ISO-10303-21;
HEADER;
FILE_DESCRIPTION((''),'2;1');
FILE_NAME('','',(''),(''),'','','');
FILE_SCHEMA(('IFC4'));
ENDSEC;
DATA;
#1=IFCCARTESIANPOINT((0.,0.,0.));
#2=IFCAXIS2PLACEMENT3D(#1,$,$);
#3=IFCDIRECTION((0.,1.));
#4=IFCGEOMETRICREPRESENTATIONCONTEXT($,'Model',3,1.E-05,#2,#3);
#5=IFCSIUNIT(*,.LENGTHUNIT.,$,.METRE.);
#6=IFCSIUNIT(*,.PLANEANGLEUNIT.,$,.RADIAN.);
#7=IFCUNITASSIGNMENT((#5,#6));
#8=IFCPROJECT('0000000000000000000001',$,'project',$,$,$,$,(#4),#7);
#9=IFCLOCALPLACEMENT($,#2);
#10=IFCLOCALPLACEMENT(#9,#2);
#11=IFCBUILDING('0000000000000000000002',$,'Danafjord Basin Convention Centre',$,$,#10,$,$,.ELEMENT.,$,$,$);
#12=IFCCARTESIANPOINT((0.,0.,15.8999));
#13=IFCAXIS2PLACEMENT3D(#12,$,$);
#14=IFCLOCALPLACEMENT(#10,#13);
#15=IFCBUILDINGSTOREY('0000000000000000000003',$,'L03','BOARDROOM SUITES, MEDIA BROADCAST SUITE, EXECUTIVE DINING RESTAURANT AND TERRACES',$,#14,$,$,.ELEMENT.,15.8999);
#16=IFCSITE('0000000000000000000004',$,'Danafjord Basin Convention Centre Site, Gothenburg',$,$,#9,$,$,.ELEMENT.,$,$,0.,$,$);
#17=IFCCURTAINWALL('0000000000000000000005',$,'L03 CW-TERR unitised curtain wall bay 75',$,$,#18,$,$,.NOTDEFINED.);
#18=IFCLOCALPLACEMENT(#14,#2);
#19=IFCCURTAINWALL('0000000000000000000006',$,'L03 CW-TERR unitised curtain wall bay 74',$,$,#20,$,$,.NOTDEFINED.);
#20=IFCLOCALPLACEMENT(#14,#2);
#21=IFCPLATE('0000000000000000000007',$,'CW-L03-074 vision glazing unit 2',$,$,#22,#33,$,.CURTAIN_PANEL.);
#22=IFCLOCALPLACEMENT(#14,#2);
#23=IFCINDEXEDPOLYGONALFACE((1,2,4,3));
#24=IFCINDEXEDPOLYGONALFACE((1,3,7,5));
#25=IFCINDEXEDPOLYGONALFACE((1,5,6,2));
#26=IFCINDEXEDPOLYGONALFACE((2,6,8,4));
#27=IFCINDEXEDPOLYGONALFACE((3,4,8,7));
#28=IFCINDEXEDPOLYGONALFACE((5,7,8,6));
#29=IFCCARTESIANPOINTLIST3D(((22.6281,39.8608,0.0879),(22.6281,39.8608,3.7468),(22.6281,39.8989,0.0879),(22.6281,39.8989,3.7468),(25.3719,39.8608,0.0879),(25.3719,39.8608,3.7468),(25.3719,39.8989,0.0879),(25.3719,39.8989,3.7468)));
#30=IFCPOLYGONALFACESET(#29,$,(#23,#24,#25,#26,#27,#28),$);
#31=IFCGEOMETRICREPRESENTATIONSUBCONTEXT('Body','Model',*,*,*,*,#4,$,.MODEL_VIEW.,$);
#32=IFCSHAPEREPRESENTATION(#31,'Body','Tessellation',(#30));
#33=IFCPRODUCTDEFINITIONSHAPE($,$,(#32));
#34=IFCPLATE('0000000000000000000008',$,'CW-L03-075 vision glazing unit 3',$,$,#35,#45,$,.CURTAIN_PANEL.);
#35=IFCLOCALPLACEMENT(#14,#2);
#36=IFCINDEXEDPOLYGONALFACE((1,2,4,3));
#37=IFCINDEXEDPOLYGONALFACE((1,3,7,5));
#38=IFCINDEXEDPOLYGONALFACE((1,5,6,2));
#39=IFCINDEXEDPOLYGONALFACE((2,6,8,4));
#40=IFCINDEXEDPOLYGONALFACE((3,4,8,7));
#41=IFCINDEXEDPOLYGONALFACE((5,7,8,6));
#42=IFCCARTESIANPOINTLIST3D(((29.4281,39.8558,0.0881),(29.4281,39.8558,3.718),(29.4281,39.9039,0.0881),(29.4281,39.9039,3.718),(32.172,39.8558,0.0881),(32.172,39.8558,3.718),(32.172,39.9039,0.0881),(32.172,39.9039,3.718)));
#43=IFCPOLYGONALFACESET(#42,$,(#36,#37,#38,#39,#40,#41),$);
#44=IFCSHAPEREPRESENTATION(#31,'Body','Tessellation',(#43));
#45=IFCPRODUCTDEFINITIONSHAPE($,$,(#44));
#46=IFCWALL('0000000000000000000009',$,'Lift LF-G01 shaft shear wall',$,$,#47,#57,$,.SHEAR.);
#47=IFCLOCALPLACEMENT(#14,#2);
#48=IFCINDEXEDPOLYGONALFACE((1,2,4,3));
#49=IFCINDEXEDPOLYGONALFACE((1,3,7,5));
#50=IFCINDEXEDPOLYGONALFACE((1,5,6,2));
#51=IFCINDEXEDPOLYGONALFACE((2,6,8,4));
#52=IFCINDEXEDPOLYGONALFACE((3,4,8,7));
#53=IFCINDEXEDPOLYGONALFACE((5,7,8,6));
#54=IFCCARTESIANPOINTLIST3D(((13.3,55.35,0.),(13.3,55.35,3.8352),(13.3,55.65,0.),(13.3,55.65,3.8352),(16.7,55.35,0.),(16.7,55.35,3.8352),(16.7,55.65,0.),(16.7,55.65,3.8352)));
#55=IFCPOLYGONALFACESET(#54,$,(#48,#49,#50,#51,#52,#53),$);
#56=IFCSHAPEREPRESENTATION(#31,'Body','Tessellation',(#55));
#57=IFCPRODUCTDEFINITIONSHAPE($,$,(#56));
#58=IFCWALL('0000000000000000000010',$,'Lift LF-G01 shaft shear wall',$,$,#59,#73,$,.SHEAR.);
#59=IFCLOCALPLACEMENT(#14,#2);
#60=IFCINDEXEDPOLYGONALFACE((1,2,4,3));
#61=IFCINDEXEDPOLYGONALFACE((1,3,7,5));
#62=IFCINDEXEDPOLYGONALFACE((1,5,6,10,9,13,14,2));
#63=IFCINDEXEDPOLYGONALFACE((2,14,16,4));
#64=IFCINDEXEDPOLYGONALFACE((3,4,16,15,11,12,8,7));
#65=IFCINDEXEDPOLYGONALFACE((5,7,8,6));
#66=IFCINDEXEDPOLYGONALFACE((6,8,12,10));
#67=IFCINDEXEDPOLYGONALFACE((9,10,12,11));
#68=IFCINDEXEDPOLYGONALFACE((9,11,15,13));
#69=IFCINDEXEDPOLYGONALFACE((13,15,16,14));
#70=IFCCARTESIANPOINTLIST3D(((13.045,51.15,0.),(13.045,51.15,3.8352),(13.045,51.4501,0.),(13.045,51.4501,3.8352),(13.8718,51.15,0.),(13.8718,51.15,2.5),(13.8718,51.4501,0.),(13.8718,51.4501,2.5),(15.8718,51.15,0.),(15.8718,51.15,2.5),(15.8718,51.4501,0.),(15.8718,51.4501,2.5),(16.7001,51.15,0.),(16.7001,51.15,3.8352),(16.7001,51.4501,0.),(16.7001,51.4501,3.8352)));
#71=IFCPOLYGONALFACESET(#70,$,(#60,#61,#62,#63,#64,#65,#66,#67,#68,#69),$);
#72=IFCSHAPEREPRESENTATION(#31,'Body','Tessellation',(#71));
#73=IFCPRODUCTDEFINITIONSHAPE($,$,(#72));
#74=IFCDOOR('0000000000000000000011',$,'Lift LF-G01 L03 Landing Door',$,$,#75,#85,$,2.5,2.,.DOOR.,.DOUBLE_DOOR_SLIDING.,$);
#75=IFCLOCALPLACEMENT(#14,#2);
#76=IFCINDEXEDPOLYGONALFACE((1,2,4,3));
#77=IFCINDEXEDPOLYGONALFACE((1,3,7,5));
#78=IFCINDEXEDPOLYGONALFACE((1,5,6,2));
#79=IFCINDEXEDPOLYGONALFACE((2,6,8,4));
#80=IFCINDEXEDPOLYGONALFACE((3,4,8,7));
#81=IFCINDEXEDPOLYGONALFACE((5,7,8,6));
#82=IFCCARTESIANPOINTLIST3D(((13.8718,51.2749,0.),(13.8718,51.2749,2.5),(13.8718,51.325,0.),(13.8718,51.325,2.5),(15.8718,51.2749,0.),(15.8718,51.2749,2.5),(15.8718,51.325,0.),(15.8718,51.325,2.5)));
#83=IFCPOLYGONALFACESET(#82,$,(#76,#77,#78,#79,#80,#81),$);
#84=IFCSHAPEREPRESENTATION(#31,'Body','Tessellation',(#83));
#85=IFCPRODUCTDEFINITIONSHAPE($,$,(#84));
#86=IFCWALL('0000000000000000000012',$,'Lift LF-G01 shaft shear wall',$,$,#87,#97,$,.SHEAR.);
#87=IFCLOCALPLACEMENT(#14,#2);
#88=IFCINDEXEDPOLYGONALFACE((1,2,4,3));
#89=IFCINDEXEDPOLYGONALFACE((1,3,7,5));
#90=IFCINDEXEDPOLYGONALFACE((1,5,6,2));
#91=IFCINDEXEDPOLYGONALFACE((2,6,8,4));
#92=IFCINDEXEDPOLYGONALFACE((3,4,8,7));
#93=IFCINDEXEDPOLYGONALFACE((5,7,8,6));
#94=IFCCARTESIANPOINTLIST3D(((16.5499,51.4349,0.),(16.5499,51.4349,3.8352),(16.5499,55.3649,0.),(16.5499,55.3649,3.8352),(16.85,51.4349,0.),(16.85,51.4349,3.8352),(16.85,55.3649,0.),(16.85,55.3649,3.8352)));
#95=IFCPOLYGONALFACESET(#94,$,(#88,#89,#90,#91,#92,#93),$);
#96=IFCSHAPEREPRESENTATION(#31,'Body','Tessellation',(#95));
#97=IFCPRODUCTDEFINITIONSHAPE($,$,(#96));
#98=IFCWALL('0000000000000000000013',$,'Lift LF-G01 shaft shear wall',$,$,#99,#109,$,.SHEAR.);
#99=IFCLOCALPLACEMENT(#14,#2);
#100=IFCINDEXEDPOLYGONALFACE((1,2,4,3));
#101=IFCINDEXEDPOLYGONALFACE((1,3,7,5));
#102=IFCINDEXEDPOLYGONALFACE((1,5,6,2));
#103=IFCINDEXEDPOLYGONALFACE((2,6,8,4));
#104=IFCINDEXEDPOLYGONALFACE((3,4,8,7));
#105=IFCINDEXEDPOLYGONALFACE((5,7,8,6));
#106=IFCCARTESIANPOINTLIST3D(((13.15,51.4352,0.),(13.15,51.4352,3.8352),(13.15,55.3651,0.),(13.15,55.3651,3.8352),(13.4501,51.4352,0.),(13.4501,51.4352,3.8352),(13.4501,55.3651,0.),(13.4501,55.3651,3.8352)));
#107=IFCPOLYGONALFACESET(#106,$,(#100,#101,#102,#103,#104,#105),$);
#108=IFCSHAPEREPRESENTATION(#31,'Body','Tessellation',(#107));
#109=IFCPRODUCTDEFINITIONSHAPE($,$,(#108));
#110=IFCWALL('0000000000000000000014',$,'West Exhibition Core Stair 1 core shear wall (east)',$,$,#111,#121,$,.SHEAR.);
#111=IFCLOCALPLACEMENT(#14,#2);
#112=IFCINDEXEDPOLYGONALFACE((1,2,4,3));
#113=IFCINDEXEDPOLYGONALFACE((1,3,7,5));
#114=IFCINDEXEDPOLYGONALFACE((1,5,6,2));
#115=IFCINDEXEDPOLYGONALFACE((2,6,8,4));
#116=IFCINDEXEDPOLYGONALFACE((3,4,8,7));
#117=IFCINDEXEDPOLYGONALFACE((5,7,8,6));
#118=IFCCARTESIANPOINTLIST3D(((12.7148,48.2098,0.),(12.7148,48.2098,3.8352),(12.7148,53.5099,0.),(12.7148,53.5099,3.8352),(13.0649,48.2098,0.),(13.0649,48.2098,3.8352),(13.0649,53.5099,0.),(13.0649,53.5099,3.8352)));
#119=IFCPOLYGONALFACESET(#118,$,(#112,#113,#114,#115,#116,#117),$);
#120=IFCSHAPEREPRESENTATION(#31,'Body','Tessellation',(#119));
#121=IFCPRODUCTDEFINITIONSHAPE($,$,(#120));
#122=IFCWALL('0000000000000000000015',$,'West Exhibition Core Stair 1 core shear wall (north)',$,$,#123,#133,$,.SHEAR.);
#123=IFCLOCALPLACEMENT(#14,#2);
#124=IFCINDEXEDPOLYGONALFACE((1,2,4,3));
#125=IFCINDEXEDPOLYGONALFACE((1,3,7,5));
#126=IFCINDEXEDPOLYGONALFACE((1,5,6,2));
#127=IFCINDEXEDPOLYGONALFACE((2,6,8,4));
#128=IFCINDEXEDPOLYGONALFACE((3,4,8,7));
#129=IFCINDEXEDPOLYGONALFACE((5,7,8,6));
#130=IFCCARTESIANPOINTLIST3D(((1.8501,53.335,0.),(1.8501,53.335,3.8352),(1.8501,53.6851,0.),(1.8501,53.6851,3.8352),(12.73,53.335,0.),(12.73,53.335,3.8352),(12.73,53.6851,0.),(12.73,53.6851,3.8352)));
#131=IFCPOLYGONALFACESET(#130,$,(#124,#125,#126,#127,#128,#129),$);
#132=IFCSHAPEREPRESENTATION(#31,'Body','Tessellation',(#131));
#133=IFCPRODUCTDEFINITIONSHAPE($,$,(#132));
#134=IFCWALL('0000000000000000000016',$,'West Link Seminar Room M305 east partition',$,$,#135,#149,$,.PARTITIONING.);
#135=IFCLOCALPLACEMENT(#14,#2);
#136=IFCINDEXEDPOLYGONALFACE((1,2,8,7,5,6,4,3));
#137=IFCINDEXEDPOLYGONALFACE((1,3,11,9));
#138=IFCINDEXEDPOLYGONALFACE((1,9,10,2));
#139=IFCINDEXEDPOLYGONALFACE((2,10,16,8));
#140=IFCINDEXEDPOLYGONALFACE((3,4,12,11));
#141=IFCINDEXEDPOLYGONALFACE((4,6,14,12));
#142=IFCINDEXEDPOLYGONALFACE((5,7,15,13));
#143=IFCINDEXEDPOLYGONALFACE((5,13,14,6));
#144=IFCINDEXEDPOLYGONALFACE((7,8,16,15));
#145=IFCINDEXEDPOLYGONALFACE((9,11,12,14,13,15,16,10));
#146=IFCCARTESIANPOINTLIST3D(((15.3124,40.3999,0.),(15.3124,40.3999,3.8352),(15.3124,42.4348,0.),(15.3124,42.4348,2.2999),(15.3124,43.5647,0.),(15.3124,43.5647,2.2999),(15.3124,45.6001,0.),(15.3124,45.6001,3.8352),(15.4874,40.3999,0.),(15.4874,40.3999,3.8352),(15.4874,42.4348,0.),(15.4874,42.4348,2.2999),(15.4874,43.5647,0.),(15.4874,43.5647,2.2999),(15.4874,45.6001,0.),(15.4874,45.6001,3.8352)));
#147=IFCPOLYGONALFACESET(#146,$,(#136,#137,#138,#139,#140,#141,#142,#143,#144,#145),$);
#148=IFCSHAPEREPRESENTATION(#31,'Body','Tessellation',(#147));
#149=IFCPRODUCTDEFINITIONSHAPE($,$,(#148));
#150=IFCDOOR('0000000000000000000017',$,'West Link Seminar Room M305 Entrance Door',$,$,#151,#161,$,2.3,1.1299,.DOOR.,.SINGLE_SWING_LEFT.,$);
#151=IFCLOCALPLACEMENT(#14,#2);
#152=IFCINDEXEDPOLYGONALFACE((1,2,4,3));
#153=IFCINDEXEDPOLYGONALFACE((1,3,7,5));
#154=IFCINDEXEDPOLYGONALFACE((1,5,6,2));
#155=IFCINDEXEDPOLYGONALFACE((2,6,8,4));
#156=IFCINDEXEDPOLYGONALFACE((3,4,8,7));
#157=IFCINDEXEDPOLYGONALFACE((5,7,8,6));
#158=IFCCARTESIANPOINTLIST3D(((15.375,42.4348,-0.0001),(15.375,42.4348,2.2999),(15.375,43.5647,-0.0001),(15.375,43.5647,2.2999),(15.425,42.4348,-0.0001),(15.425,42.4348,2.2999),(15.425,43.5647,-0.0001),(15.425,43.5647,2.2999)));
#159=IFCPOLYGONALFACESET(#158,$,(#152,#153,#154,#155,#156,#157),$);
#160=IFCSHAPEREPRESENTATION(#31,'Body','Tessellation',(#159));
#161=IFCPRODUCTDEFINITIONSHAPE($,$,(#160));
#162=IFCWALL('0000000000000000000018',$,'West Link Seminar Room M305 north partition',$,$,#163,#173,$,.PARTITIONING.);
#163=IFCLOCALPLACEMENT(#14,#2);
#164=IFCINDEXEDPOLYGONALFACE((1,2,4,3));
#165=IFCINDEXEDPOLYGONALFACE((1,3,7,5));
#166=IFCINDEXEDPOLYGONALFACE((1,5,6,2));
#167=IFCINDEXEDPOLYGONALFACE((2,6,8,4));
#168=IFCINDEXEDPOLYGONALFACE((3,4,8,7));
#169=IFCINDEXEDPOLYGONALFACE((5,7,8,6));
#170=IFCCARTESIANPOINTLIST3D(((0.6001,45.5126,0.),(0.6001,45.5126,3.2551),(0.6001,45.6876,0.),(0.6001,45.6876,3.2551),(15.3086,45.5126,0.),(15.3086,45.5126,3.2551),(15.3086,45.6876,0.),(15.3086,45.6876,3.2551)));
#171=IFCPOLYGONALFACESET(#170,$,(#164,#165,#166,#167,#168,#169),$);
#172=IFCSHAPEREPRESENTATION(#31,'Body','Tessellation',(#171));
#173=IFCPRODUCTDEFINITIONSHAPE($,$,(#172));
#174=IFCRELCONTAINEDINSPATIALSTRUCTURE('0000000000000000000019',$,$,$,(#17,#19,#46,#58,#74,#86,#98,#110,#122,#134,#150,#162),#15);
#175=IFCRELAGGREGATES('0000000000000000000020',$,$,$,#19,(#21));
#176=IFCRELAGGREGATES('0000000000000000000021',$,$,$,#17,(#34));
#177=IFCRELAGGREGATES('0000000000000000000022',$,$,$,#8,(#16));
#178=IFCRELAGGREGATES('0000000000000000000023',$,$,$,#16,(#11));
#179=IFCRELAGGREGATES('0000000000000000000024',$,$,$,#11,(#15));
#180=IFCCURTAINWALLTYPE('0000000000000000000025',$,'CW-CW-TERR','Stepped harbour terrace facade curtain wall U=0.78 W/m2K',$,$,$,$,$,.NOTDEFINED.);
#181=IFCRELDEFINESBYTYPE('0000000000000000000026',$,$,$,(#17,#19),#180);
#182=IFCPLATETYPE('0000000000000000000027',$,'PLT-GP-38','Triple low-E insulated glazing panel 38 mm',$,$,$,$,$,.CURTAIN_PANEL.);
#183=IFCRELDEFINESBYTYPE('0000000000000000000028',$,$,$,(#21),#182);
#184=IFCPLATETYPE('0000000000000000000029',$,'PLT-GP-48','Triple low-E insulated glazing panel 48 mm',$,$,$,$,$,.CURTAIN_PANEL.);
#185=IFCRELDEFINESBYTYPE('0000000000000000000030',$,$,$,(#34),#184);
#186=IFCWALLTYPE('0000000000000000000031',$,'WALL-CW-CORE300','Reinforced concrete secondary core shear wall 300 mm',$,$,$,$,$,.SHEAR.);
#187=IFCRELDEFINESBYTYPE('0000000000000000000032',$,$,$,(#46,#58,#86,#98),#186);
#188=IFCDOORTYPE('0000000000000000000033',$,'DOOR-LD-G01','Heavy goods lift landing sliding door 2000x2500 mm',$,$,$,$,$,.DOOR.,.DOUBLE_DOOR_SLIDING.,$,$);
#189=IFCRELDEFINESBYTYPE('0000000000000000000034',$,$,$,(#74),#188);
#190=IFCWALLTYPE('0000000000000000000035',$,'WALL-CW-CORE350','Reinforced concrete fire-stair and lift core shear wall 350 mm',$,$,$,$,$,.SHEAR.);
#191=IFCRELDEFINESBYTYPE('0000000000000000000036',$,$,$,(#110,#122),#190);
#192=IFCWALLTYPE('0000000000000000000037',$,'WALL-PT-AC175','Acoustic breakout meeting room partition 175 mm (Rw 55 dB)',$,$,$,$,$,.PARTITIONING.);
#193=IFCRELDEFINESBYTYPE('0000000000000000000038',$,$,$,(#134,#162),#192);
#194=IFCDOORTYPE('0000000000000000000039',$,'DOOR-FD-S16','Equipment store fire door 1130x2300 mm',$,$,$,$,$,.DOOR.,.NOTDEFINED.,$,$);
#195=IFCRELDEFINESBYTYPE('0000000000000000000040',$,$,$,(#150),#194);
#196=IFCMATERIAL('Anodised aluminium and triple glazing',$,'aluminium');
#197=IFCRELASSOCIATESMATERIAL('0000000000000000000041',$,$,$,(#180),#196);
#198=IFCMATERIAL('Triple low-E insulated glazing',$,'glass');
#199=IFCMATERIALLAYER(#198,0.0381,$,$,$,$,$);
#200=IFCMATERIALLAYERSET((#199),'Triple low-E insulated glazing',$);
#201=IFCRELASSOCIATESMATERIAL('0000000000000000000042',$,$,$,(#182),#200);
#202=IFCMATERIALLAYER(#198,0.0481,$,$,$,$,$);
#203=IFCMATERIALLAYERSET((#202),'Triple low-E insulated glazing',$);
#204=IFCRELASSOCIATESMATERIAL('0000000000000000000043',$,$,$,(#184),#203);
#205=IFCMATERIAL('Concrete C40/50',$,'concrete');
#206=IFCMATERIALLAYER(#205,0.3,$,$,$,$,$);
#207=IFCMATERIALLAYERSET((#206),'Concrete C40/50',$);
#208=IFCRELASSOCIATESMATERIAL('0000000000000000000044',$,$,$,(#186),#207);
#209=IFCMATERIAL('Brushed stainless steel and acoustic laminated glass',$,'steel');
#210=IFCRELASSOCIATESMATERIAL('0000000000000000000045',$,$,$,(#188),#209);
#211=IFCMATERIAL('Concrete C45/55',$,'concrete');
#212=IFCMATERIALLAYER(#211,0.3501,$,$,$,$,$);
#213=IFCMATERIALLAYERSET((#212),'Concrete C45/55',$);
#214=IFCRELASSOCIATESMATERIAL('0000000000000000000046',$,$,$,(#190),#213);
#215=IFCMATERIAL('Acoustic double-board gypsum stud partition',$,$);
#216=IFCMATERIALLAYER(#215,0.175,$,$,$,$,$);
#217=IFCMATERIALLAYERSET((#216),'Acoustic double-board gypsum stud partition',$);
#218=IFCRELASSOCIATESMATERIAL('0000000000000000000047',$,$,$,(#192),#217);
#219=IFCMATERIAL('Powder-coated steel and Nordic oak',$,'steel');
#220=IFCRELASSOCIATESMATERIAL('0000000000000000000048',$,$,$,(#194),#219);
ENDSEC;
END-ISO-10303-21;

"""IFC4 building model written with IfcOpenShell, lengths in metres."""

from ifc_helpers import new_model, si_unit, direction, frame, frame_2d, origin, origin_2d, place, context, subcontext, project, spatial, rectangle, extrude, material, layer, layer_set, type_object, element, fill, aggregate, save


model = new_model("IFC4")

# Units and contexts
model_context = context("Model", 3, precision=1e-05, world=origin(), true_north=direction((0.0, 1.0)))
body_context = subcontext(model_context, "Body", "Model", "MODEL_VIEW")
ifc_project = project(units=[si_unit("LENGTHUNIT", "METRE"), si_unit("PLANEANGLEUNIT", "RADIAN")], contexts=[model_context])

# Site, building, storey
site_placement = place(None, origin())
site = spatial("IfcSite", under=ifc_project, at=site_placement, Name="Danafjord Basin Convention Centre Site, Gothenburg", CompositionType="ELEMENT", RefElevation=0.0)
building_placement = place(site_placement, origin())
building = spatial("IfcBuilding", under=site, at=building_placement, Name="Danafjord Basin Convention Centre", CompositionType="ELEMENT")
storey_placement = place(building_placement, frame((0.0, 0.0, 15.8999)))
storey = spatial("IfcBuildingStorey", under=building, at=storey_placement, Name="L03", Description="BOARDROOM SUITES, MEDIA BROADCAST SUITE, EXECUTIVE DINING RESTAURANT AND TERRACES", CompositionType="ELEMENT", Elevation=15.8999)

# Curtain wall
ifc_material_1 = material(Name="Anodised aluminium and triple glazing", Category="aluminium")
curtain_wall_type = type_object("IfcCurtainWallType", Name="CW-CW-TERR", Description="Stepped harbour terrace facade curtain wall U=0.78 W/m2K", PredefinedType="NOTDEFINED", material=ifc_material_1)
curtain_wall_1_placement = place(storey_placement, origin())
curtain_wall_1 = element("IfcCurtainWall", 1, at=curtain_wall_1_placement, inside=storey, type_object=curtain_wall_type, Name="L03 CW-TERR unitised curtain wall bay 75", PredefinedType="NOTDEFINED")

# Curtain wall, plate
curtain_wall_2_placement = place(storey_placement, origin())
curtain_wall_2 = element("IfcCurtainWall", 2, at=curtain_wall_2_placement, inside=storey, type_object=curtain_wall_type, Name="L03 CW-TERR unitised curtain wall bay 74", PredefinedType="NOTDEFINED")
ifc_material_2 = material(Name="Triple low-E insulated glazing", Category="glass")
ifc_layer_1 = layer(ifc_material_2, 0.0381)
ifc_layer_set_1 = layer_set([ifc_layer_1], Name="Triple low-E insulated glazing")
plate_type_1 = type_object("IfcPlateType", Name="PLT-GP-38", Description="Triple low-E insulated glazing panel 38 mm", PredefinedType="CURTAIN_PANEL", material=ifc_layer_set_1)
plate_1_placement = place(storey_placement, frame((24.0, 39.8799, 0.0879), z_axis=(0.0, 0.0, 1.0), x_axis=(-1.0, 0.0, 0.0)))
plate_1 = element("IfcPlate", 3, at=plate_1_placement, type_object=plate_type_1, Name="CW-L03-074 vision glazing unit 2", PredefinedType="CURTAIN_PANEL", context=body_context, shape_type="SweptSolid", body=[
    extrude(rectangle(XDim=2.7439, YDim=0.0381, at=origin_2d()), origin(), (0.0, 0.0, 1.0), 3.6589),
])
aggregate(curtain_wall_2, [plate_1])

# Plate
ifc_layer_2 = layer(ifc_material_2, 0.0481)
ifc_layer_set_2 = layer_set([ifc_layer_2], Name="Triple low-E insulated glazing")
plate_type_2 = type_object("IfcPlateType", Name="PLT-GP-48", Description="Triple low-E insulated glazing panel 48 mm", PredefinedType="CURTAIN_PANEL", material=ifc_layer_set_2)
plate_2_placement = place(storey_placement, frame((30.8, 39.8799, 0.0881), z_axis=(0.0, 0.0, 1.0), x_axis=(-1.0, 0.0, 0.0)))
plate_2 = element("IfcPlate", 4, at=plate_2_placement, type_object=plate_type_2, Name="CW-L03-075 vision glazing unit 3", PredefinedType="CURTAIN_PANEL", context=body_context, shape_type="SweptSolid", body=[
    extrude(rectangle(XDim=2.7439, YDim=0.0481, at=origin_2d()), origin(), (0.0, 0.0, 1.0), 3.6299),
])
aggregate(curtain_wall_1, [plate_2])

# Wall
ifc_material_3 = material(Name="Concrete C40/50", Category="concrete")
ifc_layer_3 = layer(ifc_material_3, 0.3)
ifc_layer_set_3 = layer_set([ifc_layer_3], Name="Concrete C40/50")
wall_type_1 = type_object("IfcWallType", Name="WALL-CW-CORE300", Description="Reinforced concrete secondary core shear wall 300 mm", PredefinedType="SHEAR", material=ifc_layer_set_3)
wall_1_placement = place(storey_placement, frame((16.7, 55.5, 0.0), z_axis=(0.0, 0.0, 1.0), x_axis=(-1.0, 0.0, 0.0)))
element("IfcWall", 5, at=wall_1_placement, inside=storey, type_object=wall_type_1, Name="Lift LF-G01 shaft shear wall", PredefinedType="SHEAR", context=body_context, shape_type="SweptSolid", body=[
    extrude(rectangle(XDim=3.3999, YDim=0.3, at=frame_2d((1.7, 0.0))), origin(), (0.0, 0.0, 1.0), 3.8352),
])

# Wall, opening, door
wall_2_placement = place(storey_placement, frame((13.0449, 51.3, 0.0), z_axis=(0.0, 0.0, 1.0), x_axis=(1.0, 0.0, 0.0)))
wall_2 = element("IfcWall", 6, at=wall_2_placement, inside=storey, type_object=wall_type_1, Name="Lift LF-G01 shaft shear wall", PredefinedType="SHEAR", context=body_context, shape_type="SweptSolid", body=[
    extrude(rectangle(XDim=3.655, YDim=0.3, at=frame_2d((1.8276, 0.0))), origin(), (0.0, 0.0, 1.0), 3.8352),
])
opening_1_placement = place(wall_2_placement, frame((0.8269, 0.0, 0.0)))
opening_1 = element("IfcOpeningElement", 7, at=opening_1_placement, cuts=wall_2, PredefinedType="OPENING", context=body_context, shape_type="SweptSolid", body=[
    extrude(rectangle(XDim=2.0, YDim=2.5, at=frame_2d((1.0, 1.25))), frame((0.0, 0.1599, 0.0), z_axis=(0.0, -1.0, 0.0), x_axis=(1.0, 0.0, 0.0)), (0.0, 0.0, 1.0), 0.3201),
])
ifc_material_4 = material(Name="Brushed stainless steel and acoustic laminated glass", Category="steel")
door_type_1 = type_object("IfcDoorType", Name="DOOR-LD-G01", Description="Heavy goods lift landing sliding door 2000x2500 mm", OperationType="DOUBLE_DOOR_SLIDING", PredefinedType="DOOR", material=ifc_material_4)
door_1_placement = place(opening_1_placement, origin())
door_1 = element("IfcDoor", 8, at=door_1_placement, inside=storey, type_object=door_type_1, Name="Lift LF-G01 L03 Landing Door", OperationType="DOUBLE_DOOR_SLIDING", OverallHeight=2.5, OverallWidth=2.0, PredefinedType="DOOR", context=body_context, shape_type="SweptSolid", body=[
    extrude(rectangle(XDim=2.0, YDim=2.5, at=frame_2d((1.0, 1.25))), frame((0.0, 0.0249, 0.0), z_axis=(0.0, -1.0, 0.0), x_axis=(1.0, 0.0, 0.0)), (0.0, 0.0, 1.0), 0.05),
])
fill(opening_1, door_1)

# Walls
for number, where, z_axis, x_axis, name in (
    (9, (16.7, 51.4351, 0.0), (0.0, 0.0, 1.0), (0.0, 1.0, 0.0), "Lift LF-G01 shaft shear wall"),
    (10, (13.3, 55.365, 0.0), (0.0, 0.0, 1.0), (0.0, -1.0, 0.0), "Lift LF-G01 shaft shear wall"),
):
    element("IfcWall", number, at=place(storey_placement, frame(where, z_axis=z_axis, x_axis=x_axis)), inside=storey, type_object=wall_type_1, Name=name, PredefinedType="SHEAR", context=body_context, shape_type="SweptSolid", body=[
        extrude(rectangle(XDim=3.9299, YDim=0.3, at=frame_2d((1.9648, 0.0))), origin(), (0.0, 0.0, 1.0), 3.8352),
    ])
ifc_material_5 = material(Name="Concrete C45/55", Category="concrete")
ifc_layer_4 = layer(ifc_material_5, 0.3501)
ifc_layer_set_4 = layer_set([ifc_layer_4], Name="Concrete C45/55")
wall_type_2 = type_object("IfcWallType", Name="WALL-CW-CORE350", Description="Reinforced concrete fire-stair and lift core shear wall 350 mm", PredefinedType="SHEAR", material=ifc_layer_set_4)
wall_3_placement = place(storey_placement, frame((12.8899, 48.21, 0.0), z_axis=(0.0, 0.0, 1.0), x_axis=(0.0, 1.0, 0.0)))
element("IfcWall", 11, at=wall_3_placement, inside=storey, type_object=wall_type_2, Name="West Exhibition Core Stair 1 core shear wall (east)", PredefinedType="SHEAR", context=body_context, shape_type="SweptSolid", body=[
    extrude(rectangle(XDim=5.3, YDim=0.3501, at=frame_2d((2.6499, 0.0))), origin(), (0.0, 0.0, 1.0), 3.8352),
])
wall_4_placement = place(storey_placement, frame((12.73, 53.51, 0.0), z_axis=(0.0, 0.0, 1.0), x_axis=(-1.0, 0.0, 0.0)))
element("IfcWall", 12, at=wall_4_placement, inside=storey, type_object=wall_type_2, Name="West Exhibition Core Stair 1 core shear wall (north)", PredefinedType="SHEAR", context=body_context, shape_type="SweptSolid", body=[
    extrude(rectangle(XDim=10.8799, YDim=0.3501, at=frame_2d((5.4399, 0.0))), origin(), (0.0, 0.0, 1.0), 3.8352),
])

# Wall, opening, door
ifc_material_6 = material(Name="Acoustic double-board gypsum stud partition")
ifc_layer_5 = layer(ifc_material_6, 0.175)
ifc_layer_set_5 = layer_set([ifc_layer_5], Name="Acoustic double-board gypsum stud partition")
wall_type_3 = type_object("IfcWallType", Name="WALL-PT-AC175", Description="Acoustic breakout meeting room partition 175 mm (Rw 55 dB)", PredefinedType="PARTITIONING", material=ifc_layer_set_5)
wall_5_placement = place(storey_placement, frame((15.3999, 40.3999, 0.0), z_axis=(0.0, 0.0, 1.0), x_axis=(0.0, 1.0, 0.0)))
wall_5 = element("IfcWall", 13, at=wall_5_placement, inside=storey, type_object=wall_type_3, Name="West Link Seminar Room M305 east partition", PredefinedType="PARTITIONING", context=body_context, shape_type="SweptSolid", body=[
    extrude(rectangle(XDim=5.2002, YDim=0.175, at=frame_2d((2.6001, 0.0))), origin(), (0.0, 0.0, 1.0), 3.8352),
])
opening_2_placement = place(wall_5_placement, frame((2.0349, 0.0, 0.0)))
opening_2 = element("IfcOpeningElement", 14, at=opening_2_placement, cuts=wall_5, PredefinedType="OPENING", context=body_context, shape_type="SweptSolid", body=[
    extrude(rectangle(XDim=1.1299, YDim=2.3, at=frame_2d((0.5649, 1.1499))), frame((0.0, 0.0974, 0.0), z_axis=(0.0, -1.0, 0.0), x_axis=(1.0, 0.0, 0.0)), (0.0, 0.0, 1.0), 0.1951),
])
ifc_material_7 = material(Name="Powder-coated steel and Nordic oak", Category="steel")
door_type_2 = type_object("IfcDoorType", Name="DOOR-FD-S16", Description="Equipment store fire door 1130x2300 mm", OperationType="NOTDEFINED", PredefinedType="DOOR", material=ifc_material_7)
door_2_placement = place(opening_2_placement, origin())
door_2 = element("IfcDoor", 15, at=door_2_placement, inside=storey, type_object=door_type_2, Name="West Link Seminar Room M305 Entrance Door", OperationType="SINGLE_SWING_LEFT", OverallHeight=2.3, OverallWidth=1.1299, PredefinedType="DOOR", context=body_context, shape_type="SweptSolid", body=[
    extrude(rectangle(XDim=1.1299, YDim=2.3, at=frame_2d((0.5649, 1.1499))), frame((0.0, 0.0249, 0.0), z_axis=(0.0, -1.0, 0.0), x_axis=(1.0, 0.0, 0.0)), (0.0, 0.0, 1.0), 0.05),
])
fill(opening_2, door_2)

# Wall
wall_6_placement = place(storey_placement, frame((15.3086, 45.6001, 0.0), z_axis=(0.0, 0.0, 1.0), x_axis=(-1.0, 0.0, 0.0)))
element("IfcWall", 16, at=wall_6_placement, inside=storey, type_object=wall_type_3, Name="West Link Seminar Room M305 north partition", PredefinedType="PARTITIONING", context=body_context, shape_type="SweptSolid", body=[
    extrude(rectangle(XDim=14.7085, YDim=0.175, at=frame_2d((7.3542, 0.0))), origin(), (0.0, 0.0, 1.0), 3.2551),
])

save(model, "model.ifc")
